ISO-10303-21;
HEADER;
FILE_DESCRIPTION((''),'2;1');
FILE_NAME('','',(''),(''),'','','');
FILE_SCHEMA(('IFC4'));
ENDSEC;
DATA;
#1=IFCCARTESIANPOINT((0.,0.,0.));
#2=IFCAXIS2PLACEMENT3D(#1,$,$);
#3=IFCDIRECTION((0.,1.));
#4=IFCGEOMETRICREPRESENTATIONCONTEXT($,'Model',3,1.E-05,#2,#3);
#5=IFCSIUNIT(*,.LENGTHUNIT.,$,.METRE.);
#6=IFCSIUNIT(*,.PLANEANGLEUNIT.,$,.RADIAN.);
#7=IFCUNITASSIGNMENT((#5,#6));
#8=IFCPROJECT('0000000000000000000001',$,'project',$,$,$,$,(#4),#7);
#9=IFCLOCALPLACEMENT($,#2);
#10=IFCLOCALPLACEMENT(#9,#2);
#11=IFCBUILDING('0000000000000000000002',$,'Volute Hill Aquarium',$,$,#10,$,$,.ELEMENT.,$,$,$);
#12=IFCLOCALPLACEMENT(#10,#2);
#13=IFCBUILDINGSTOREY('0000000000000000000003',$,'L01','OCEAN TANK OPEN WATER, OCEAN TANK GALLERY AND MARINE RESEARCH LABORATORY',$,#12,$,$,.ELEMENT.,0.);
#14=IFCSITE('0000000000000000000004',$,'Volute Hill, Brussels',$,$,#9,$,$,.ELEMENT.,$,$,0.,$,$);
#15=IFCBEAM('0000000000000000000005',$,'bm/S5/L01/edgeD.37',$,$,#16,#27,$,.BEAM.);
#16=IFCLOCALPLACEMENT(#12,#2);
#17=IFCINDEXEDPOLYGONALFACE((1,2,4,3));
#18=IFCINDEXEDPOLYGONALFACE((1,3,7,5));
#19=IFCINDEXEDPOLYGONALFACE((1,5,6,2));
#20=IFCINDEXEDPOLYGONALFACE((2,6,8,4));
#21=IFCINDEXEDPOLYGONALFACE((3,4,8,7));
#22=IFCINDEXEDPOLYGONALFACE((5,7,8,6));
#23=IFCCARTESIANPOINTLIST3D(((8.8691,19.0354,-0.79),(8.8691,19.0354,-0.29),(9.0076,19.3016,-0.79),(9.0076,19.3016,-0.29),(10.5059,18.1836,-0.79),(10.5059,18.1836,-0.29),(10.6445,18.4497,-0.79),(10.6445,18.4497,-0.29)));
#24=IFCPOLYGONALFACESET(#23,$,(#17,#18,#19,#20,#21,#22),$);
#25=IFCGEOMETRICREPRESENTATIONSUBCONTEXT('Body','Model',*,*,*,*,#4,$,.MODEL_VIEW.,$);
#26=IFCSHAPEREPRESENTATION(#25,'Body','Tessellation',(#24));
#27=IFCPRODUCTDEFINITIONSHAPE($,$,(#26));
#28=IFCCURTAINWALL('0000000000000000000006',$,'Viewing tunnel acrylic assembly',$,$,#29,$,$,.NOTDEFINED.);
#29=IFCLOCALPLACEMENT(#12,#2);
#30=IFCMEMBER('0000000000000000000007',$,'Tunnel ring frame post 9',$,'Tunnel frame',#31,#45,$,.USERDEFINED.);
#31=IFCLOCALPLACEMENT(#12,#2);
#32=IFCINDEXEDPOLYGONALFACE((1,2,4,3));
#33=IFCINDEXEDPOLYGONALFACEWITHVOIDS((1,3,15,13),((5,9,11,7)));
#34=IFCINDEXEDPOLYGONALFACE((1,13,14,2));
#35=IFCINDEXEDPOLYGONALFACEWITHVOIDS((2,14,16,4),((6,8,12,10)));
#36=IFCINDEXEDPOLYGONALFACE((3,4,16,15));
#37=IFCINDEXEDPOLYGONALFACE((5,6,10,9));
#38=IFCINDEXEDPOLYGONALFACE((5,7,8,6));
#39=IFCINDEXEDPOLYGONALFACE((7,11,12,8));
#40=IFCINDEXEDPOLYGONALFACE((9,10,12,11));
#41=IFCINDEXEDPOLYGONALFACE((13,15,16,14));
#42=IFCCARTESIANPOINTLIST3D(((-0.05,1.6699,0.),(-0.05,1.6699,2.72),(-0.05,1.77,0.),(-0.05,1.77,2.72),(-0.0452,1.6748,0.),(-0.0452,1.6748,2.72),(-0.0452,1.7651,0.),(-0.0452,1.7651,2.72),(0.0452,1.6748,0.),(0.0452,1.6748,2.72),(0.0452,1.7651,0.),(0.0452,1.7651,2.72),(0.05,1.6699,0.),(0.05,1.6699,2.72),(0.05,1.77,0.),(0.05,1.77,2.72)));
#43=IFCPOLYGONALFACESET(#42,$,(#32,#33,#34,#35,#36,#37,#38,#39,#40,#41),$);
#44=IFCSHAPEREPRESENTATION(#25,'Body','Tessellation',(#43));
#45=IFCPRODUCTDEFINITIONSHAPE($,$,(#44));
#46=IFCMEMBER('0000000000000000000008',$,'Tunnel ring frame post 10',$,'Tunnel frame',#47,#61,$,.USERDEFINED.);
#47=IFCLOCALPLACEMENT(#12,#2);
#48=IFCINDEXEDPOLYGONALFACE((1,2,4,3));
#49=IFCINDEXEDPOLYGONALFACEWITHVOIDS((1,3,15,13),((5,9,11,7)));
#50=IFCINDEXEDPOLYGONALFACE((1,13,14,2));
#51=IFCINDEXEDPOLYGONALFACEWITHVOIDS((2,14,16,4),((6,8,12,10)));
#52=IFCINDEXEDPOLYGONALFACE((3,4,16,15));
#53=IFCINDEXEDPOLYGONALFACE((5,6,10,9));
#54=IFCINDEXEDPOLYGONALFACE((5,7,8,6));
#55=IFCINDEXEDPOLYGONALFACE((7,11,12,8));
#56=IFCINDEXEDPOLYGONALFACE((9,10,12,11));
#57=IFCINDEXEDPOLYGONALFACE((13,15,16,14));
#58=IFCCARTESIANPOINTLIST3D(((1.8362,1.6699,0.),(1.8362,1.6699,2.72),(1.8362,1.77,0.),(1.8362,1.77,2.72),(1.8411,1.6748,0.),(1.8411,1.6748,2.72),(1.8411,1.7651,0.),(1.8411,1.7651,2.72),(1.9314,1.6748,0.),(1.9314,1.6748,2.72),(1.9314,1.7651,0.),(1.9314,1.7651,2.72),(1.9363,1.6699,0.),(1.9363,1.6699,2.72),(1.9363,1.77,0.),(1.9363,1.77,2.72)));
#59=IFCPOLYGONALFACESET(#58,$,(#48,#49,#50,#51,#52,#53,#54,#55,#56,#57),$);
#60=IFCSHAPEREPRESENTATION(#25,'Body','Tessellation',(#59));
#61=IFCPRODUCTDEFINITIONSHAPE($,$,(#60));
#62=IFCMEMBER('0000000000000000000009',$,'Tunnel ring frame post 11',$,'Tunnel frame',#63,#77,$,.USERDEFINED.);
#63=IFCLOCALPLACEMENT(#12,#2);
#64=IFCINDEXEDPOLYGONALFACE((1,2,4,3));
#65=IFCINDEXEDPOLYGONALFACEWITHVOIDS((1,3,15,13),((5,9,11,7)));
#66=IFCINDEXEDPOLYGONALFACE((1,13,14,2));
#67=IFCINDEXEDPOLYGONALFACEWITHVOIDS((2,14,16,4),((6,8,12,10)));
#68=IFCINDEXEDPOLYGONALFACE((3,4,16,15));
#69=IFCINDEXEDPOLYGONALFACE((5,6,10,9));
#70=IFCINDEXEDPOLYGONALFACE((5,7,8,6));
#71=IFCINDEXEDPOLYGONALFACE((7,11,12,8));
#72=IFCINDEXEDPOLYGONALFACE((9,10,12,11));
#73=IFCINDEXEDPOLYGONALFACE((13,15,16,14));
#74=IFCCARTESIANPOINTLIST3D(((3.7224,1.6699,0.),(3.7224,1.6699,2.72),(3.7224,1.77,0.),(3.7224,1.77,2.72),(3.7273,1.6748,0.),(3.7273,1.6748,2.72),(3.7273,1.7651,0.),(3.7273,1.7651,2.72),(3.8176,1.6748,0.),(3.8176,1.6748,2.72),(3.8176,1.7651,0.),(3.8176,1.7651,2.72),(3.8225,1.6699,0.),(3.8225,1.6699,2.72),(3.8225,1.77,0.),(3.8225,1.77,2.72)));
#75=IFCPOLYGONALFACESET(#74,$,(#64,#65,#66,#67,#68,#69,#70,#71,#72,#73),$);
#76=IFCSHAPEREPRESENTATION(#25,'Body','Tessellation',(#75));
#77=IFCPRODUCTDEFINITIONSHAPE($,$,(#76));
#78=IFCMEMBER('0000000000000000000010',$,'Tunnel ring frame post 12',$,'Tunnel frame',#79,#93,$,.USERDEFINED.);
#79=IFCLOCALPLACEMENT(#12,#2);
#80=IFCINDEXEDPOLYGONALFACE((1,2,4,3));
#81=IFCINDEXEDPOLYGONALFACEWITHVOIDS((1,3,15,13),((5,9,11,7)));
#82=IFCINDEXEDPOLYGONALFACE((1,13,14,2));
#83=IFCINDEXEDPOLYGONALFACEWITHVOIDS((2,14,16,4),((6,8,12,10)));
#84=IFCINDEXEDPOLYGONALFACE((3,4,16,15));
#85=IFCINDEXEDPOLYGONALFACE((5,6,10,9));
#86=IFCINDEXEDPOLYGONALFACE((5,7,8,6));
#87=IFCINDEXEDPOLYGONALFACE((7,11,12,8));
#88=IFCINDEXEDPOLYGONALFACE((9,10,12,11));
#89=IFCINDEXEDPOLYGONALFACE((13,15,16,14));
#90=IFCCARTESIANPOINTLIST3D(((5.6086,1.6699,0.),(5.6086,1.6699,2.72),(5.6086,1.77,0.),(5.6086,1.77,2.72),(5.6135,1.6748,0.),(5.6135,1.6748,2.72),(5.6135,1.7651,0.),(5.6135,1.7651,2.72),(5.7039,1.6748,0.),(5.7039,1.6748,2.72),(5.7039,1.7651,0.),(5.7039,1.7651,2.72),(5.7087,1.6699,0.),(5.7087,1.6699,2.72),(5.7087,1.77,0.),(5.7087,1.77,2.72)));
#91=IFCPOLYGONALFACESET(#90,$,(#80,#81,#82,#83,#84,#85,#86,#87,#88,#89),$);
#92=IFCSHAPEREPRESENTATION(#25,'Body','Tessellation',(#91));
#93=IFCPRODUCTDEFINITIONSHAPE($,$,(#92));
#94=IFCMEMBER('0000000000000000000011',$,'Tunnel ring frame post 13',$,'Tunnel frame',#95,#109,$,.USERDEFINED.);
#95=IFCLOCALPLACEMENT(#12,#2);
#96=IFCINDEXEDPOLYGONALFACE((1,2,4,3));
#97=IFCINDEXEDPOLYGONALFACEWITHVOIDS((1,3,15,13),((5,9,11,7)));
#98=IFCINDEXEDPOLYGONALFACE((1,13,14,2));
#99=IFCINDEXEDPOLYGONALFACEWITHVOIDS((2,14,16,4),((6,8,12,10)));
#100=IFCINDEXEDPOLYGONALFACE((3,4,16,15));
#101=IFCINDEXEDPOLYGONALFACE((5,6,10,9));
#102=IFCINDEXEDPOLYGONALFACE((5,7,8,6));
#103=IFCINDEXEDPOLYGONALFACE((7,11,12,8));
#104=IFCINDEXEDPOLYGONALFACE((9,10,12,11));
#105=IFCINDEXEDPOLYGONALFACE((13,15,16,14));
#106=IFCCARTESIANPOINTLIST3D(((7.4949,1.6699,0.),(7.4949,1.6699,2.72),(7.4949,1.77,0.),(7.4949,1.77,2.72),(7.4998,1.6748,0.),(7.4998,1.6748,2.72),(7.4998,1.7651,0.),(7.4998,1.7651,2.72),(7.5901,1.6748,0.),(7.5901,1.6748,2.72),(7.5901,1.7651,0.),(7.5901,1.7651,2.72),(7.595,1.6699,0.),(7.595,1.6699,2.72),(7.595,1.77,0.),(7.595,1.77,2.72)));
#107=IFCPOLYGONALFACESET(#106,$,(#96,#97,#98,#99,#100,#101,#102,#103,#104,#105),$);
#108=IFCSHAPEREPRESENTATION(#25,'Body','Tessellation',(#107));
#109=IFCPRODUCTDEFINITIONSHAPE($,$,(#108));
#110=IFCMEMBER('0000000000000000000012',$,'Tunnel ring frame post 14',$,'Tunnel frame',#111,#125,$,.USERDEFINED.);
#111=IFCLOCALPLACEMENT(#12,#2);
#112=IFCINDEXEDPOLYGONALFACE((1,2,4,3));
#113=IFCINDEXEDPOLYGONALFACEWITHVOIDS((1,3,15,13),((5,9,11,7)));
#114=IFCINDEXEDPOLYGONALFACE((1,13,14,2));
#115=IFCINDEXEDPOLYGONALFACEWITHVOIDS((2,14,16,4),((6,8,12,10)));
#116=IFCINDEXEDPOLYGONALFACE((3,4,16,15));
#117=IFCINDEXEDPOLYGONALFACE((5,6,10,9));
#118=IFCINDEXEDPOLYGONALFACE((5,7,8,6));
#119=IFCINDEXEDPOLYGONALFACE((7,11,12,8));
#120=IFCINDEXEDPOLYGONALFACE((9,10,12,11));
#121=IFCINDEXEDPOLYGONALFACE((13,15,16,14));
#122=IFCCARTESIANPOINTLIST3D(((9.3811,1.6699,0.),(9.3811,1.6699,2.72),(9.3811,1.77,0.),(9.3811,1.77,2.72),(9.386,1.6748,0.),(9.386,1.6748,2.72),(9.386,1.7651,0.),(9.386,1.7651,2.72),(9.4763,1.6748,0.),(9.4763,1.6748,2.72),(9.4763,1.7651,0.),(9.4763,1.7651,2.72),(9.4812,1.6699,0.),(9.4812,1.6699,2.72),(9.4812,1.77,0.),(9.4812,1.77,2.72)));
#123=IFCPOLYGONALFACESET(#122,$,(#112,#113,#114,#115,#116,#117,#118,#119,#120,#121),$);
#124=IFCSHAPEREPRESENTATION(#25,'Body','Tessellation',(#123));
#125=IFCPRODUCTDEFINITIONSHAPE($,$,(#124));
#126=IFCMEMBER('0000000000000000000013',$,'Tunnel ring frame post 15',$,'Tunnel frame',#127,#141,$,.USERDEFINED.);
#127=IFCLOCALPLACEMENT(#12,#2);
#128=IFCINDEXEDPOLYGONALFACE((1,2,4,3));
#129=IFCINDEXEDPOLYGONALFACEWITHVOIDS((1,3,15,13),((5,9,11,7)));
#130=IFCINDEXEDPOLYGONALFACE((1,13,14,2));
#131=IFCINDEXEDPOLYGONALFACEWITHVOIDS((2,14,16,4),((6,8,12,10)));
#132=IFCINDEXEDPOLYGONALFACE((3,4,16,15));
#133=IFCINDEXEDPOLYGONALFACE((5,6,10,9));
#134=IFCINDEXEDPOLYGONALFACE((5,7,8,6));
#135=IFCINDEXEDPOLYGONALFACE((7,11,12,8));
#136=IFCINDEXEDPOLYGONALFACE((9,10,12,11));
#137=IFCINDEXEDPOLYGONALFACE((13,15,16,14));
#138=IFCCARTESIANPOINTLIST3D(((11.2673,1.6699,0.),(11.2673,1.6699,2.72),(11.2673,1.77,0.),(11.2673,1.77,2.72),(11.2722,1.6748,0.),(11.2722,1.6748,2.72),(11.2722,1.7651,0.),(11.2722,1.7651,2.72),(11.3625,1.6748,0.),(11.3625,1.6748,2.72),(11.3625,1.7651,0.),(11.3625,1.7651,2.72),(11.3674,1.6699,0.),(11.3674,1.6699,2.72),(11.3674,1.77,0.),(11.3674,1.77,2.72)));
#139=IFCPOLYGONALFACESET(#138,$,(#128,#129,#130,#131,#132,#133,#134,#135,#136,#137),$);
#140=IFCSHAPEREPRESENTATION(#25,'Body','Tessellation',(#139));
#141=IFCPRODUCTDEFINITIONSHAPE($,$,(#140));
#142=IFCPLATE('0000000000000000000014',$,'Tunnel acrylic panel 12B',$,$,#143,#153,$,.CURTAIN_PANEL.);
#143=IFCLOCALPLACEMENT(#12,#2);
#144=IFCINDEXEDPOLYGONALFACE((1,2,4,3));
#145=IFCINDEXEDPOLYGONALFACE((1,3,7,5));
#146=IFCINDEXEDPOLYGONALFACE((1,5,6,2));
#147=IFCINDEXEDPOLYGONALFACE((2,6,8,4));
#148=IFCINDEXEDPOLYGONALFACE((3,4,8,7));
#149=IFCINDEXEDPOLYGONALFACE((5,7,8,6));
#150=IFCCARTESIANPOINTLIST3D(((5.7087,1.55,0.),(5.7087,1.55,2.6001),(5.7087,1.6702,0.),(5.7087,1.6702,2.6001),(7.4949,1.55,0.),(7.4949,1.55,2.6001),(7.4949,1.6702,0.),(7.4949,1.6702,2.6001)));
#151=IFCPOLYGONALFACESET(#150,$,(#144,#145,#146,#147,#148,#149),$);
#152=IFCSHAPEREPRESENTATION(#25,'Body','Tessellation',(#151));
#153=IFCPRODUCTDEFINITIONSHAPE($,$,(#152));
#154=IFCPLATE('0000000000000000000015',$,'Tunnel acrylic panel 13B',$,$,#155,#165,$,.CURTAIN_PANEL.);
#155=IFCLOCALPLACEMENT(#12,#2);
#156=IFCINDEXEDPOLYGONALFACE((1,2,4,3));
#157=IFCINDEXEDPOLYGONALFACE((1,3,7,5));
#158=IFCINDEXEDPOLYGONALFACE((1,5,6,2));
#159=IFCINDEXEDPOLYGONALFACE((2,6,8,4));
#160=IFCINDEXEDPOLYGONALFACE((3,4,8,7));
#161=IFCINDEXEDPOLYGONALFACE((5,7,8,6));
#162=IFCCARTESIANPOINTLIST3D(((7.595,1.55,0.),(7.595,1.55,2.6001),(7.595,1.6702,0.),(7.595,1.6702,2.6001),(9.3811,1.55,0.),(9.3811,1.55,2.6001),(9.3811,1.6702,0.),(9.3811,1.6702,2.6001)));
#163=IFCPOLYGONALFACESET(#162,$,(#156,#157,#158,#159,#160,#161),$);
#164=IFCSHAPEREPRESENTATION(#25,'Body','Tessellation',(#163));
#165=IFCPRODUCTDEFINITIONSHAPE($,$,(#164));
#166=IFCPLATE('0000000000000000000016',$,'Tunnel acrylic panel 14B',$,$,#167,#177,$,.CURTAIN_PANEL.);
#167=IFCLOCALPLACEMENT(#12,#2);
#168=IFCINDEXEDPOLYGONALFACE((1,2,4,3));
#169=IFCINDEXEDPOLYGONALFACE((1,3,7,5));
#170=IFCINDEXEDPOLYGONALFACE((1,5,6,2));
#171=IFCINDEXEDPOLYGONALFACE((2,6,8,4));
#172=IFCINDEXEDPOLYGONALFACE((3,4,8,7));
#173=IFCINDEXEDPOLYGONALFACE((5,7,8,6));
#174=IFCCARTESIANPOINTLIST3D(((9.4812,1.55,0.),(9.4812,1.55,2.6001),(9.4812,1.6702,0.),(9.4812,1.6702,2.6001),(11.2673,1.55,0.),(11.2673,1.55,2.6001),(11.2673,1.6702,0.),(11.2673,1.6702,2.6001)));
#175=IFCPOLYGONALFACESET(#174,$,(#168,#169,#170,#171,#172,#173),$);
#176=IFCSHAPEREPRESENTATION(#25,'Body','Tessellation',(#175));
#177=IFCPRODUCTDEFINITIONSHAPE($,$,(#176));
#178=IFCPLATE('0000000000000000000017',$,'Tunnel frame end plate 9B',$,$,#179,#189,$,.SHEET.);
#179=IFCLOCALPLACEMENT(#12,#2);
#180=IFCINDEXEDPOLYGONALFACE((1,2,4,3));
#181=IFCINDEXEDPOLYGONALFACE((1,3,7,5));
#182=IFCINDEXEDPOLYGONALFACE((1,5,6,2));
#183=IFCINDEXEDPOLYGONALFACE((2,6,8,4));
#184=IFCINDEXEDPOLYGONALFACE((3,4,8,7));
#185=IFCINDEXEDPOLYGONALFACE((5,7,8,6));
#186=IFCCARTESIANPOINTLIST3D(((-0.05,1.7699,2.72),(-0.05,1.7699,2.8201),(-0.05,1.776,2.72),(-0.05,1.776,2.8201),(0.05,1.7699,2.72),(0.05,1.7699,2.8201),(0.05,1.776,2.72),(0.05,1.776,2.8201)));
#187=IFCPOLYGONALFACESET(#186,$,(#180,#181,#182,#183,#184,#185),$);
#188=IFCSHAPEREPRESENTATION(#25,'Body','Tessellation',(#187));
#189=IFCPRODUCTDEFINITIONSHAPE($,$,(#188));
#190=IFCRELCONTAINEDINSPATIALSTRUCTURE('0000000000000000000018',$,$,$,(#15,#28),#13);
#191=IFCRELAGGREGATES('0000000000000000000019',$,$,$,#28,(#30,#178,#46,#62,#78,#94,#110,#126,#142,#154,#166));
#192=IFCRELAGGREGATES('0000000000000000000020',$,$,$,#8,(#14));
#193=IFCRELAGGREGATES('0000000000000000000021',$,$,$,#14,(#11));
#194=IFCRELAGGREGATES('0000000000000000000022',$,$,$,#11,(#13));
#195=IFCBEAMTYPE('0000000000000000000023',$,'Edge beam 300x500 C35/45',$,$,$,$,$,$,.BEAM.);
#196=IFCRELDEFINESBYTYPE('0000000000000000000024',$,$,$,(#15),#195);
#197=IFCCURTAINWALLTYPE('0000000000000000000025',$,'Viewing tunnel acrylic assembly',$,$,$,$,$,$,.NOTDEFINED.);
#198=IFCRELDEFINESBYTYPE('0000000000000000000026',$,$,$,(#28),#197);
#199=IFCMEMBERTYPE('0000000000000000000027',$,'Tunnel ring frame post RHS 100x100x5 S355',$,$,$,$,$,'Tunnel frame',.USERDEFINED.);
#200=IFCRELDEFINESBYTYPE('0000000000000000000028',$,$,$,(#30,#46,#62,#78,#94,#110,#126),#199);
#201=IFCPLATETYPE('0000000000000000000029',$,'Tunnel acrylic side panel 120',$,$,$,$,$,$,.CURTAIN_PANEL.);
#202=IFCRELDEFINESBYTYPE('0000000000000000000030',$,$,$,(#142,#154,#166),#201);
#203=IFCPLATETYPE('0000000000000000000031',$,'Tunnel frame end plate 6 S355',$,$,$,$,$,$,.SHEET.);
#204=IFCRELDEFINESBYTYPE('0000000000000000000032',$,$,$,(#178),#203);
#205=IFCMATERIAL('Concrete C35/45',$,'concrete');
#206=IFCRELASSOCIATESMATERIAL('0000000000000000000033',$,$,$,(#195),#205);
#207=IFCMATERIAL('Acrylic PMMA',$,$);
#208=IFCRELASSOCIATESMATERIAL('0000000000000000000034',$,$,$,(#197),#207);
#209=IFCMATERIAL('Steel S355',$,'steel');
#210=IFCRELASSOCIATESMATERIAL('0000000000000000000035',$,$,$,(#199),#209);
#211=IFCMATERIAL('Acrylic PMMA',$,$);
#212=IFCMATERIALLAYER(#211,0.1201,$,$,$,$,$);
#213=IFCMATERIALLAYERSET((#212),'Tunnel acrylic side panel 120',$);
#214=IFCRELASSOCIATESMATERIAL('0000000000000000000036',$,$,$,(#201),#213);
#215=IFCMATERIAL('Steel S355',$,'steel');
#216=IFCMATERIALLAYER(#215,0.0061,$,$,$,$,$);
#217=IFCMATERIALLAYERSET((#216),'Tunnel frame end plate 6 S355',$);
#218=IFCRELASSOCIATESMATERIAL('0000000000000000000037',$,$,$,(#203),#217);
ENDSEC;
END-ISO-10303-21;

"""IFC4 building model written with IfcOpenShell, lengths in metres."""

from ifc_helpers import new_model, si_unit, direction, frame, origin, origin_2d, place, context, subcontext, project, spatial, rectangle, hollow_rectangle, extrude, material, layer, layer_set, material_profile, profile_set, type_object, element, aggregate, save


model = new_model("IFC4")

# Units and contexts
model_context = context("Model", 3, precision=1e-05, world=origin(), true_north=direction((0.0, 1.0)))
body_context = subcontext(model_context, "Body", "Model", "MODEL_VIEW")
ifc_project = project(units=[si_unit("LENGTHUNIT", "METRE"), si_unit("PLANEANGLEUNIT", "RADIAN")], contexts=[model_context])

# Site, building, storey
site_placement = place(None, origin())
site = spatial("IfcSite", under=ifc_project, at=site_placement, Name="Volute Hill, Brussels", CompositionType="ELEMENT", RefElevation=0.0)
building_placement = place(site_placement, origin())
building = spatial("IfcBuilding", under=site, at=building_placement, Name="Volute Hill Aquarium", CompositionType="ELEMENT")
storey_placement = place(building_placement, origin())
storey = spatial("IfcBuildingStorey", under=building, at=storey_placement, Name="L01", Description="OCEAN TANK OPEN WATER, OCEAN TANK GALLERY AND MARINE RESEARCH LABORATORY", CompositionType="ELEMENT", Elevation=0.0)

# Beam
ifc_material_1 = material(Name="Concrete C35/45", Category="concrete")
ifc_material_profile_1 = material_profile(ifc_material_1, rectangle(XDim=0.3, YDim=0.5, at=origin_2d()), Name="RC edge beam 300x500")
ifc_profile_set_1 = profile_set([ifc_material_profile_1], Name="Concrete C35/45")
beam_type = type_object("IfcBeamType", Name="Edge beam 300x500 C35/45", PredefinedType="BEAM", material=ifc_profile_set_1)
beam_placement = place(storey_placement, frame((10.5752, 18.3167, -0.54), z_axis=(-0.887059, 0.461657, 0.0), x_axis=(-0.461657, -0.887059, 0.0)))
element("IfcBeam", 1, at=beam_placement, inside=storey, type_object=beam_type, Name="bm/S5/L01/edgeD.37", PredefinedType="BEAM", context=body_context, shape_type="SweptSolid", body=[
    extrude(rectangle(XDim=0.3, YDim=0.5, at=origin_2d()), origin(), (0.0, 0.0, 1.0), 1.8452),
])

# Curtain wall, members, plates
ifc_material_2 = material(Name="Acrylic PMMA")
curtain_wall_type = type_object("IfcCurtainWallType", Name="Viewing tunnel acrylic assembly", PredefinedType="NOTDEFINED", material=ifc_material_2)
curtain_wall_placement = place(storey_placement, origin())
curtain_wall = element("IfcCurtainWall", 2, at=curtain_wall_placement, inside=storey, type_object=curtain_wall_type, Name="Viewing tunnel acrylic assembly", PredefinedType="NOTDEFINED")
ifc_material_3 = material(Name="Steel S355", Category="steel")
ifc_material_profile_2 = material_profile(ifc_material_3, hollow_rectangle(XDim=0.1001, YDim=0.1001, WallThickness=0.0049, at=origin_2d()), Name="RHS 100x100x5")
ifc_profile_set_2 = profile_set([ifc_material_profile_2], Name="Steel S355")
member_type = type_object("IfcMemberType", Name="Tunnel ring frame post RHS 100x100x5 S355", ElementType="Tunnel frame", PredefinedType="USERDEFINED", material=ifc_profile_set_2)
member_1_placement = place(storey_placement, frame((0.0, 1.72, 0.0), z_axis=(0.0, 0.0, 1.0), x_axis=(1.0, 0.0, 0.0)))
member_1 = element("IfcMember", 3, at=member_1_placement, type_object=member_type, Name="Tunnel ring frame post 9", ObjectType="Tunnel frame", PredefinedType="USERDEFINED", context=body_context, shape_type="SweptSolid", body=[
    extrude(hollow_rectangle(XDim=0.1001, YDim=0.1001, WallThickness=0.0049, at=origin_2d()), origin(), (0.0, 0.0, 1.0), 2.72),
])
member_2_placement = place(storey_placement, frame((1.8862, 1.72, 0.0), z_axis=(0.0, 0.0, 1.0), x_axis=(1.0, 0.0, 0.0)))
member_2 = element("IfcMember", 4, at=member_2_placement, type_object=member_type, Name="Tunnel ring frame post 10", ObjectType="Tunnel frame", PredefinedType="USERDEFINED", context=body_context, shape_type="SweptSolid", body=[
    extrude(hollow_rectangle(XDim=0.1001, YDim=0.1001, WallThickness=0.0049, at=origin_2d()), origin(), (0.0, 0.0, 1.0), 2.72),
])
member_3_placement = place(storey_placement, frame((3.7725, 1.72, 0.0), z_axis=(0.0, 0.0, 1.0), x_axis=(1.0, 0.0, 0.0)))
member_3 = element("IfcMember", 5, at=member_3_placement, type_object=member_type, Name="Tunnel ring frame post 11", ObjectType="Tunnel frame", PredefinedType="USERDEFINED", context=body_context, shape_type="SweptSolid", body=[
    extrude(hollow_rectangle(XDim=0.1001, YDim=0.1001, WallThickness=0.0049, at=origin_2d()), origin(), (0.0, 0.0, 1.0), 2.72),
])
member_4_placement = place(storey_placement, frame((5.6587, 1.72, 0.0), z_axis=(0.0, 0.0, 1.0), x_axis=(1.0, 0.0, 0.0)))
member_4 = element("IfcMember", 6, at=member_4_placement, type_object=member_type, Name="Tunnel ring frame post 12", ObjectType="Tunnel frame", PredefinedType="USERDEFINED", context=body_context, shape_type="SweptSolid", body=[
    extrude(hollow_rectangle(XDim=0.1001, YDim=0.1001, WallThickness=0.0049, at=origin_2d()), origin(), (0.0, 0.0, 1.0), 2.72),
])
member_5_placement = place(storey_placement, frame((7.5449, 1.72, 0.0), z_axis=(0.0, 0.0, 1.0), x_axis=(1.0, 0.0, 0.0)))
member_5 = element("IfcMember", 7, at=member_5_placement, type_object=member_type, Name="Tunnel ring frame post 13", ObjectType="Tunnel frame", PredefinedType="USERDEFINED", context=body_context, shape_type="SweptSolid", body=[
    extrude(hollow_rectangle(XDim=0.1001, YDim=0.1001, WallThickness=0.0049, at=origin_2d()), origin(), (0.0, 0.0, 1.0), 2.72),
])
member_6_placement = place(storey_placement, frame((9.4312, 1.72, 0.0), z_axis=(0.0, 0.0, 1.0), x_axis=(1.0, 0.0, 0.0)))
member_6 = element("IfcMember", 8, at=member_6_placement, type_object=member_type, Name="Tunnel ring frame post 14", ObjectType="Tunnel frame", PredefinedType="USERDEFINED", context=body_context, shape_type="SweptSolid", body=[
    extrude(hollow_rectangle(XDim=0.1001, YDim=0.1001, WallThickness=0.0049, at=origin_2d()), origin(), (0.0, 0.0, 1.0), 2.72),
])
member_7_placement = place(storey_placement, frame((11.3174, 1.72, 0.0), z_axis=(0.0, 0.0, 1.0), x_axis=(1.0, 0.0, 0.0)))
member_7 = element("IfcMember", 9, at=member_7_placement, type_object=member_type, Name="Tunnel ring frame post 15", ObjectType="Tunnel frame", PredefinedType="USERDEFINED", context=body_context, shape_type="SweptSolid", body=[
    extrude(hollow_rectangle(XDim=0.1001, YDim=0.1001, WallThickness=0.0049, at=origin_2d()), origin(), (0.0, 0.0, 1.0), 2.72),
])
ifc_material_4 = material(Name="Acrylic PMMA")
ifc_layer_1 = layer(ifc_material_4, 0.1201)
ifc_layer_set_1 = layer_set([ifc_layer_1], Name="Tunnel acrylic side panel 120")
plate_type_1 = type_object("IfcPlateType", Name="Tunnel acrylic side panel 120", PredefinedType="CURTAIN_PANEL", material=ifc_layer_set_1)
plate_1_placement = place(storey_placement, frame((6.6018, 1.6101, 0.0), z_axis=(0.0, 0.0, 1.0), x_axis=(1.0, 0.0, 0.0)))
plate_1 = element("IfcPlate", 10, at=plate_1_placement, type_object=plate_type_1, Name="Tunnel acrylic panel 12B", PredefinedType="CURTAIN_PANEL", context=body_context, shape_type="SweptSolid", body=[
    extrude(rectangle(XDim=1.7861, YDim=0.1201, at=origin_2d()), origin(), (0.0, 0.0, 1.0), 2.6001),
])
plate_2_placement = place(storey_placement, frame((8.488, 1.6101, 0.0), z_axis=(0.0, 0.0, 1.0), x_axis=(1.0, 0.0, 0.0)))
plate_2 = element("IfcPlate", 11, at=plate_2_placement, type_object=plate_type_1, Name="Tunnel acrylic panel 13B", PredefinedType="CURTAIN_PANEL", context=body_context, shape_type="SweptSolid", body=[
    extrude(rectangle(XDim=1.7861, YDim=0.1201, at=origin_2d()), origin(), (0.0, 0.0, 1.0), 2.6001),
])
plate_3_placement = place(storey_placement, frame((10.3743, 1.6101, 0.0), z_axis=(0.0, 0.0, 1.0), x_axis=(1.0, 0.0, 0.0)))
plate_3 = element("IfcPlate", 12, at=plate_3_placement, type_object=plate_type_1, Name="Tunnel acrylic panel 14B", PredefinedType="CURTAIN_PANEL", context=body_context, shape_type="SweptSolid", body=[
    extrude(rectangle(XDim=1.7861, YDim=0.1201, at=origin_2d()), origin(), (0.0, 0.0, 1.0), 2.6001),
])
ifc_material_5 = material(Name="Steel S355", Category="steel")
ifc_layer_2 = layer(ifc_material_5, 0.0061)
ifc_layer_set_2 = layer_set([ifc_layer_2], Name="Tunnel frame end plate 6 S355")
plate_type_2 = type_object("IfcPlateType", Name="Tunnel frame end plate 6 S355", PredefinedType="SHEET", material=ifc_layer_set_2)
plate_4_placement = place(storey_placement, frame((0.0, 1.7729, 2.72), z_axis=(0.0, 0.0, 1.0), x_axis=(1.0, 0.0, 0.0)))
plate_4 = element("IfcPlate", 13, at=plate_4_placement, type_object=plate_type_2, Name="Tunnel frame end plate 9B", PredefinedType="SHEET", context=body_context, shape_type="SweptSolid", body=[
    extrude(rectangle(XDim=0.1001, YDim=0.0061, at=origin_2d()), origin(), (0.0, 0.0, 1.0), 0.1001),
])
aggregate(curtain_wall, [member_1, plate_4, member_2, member_3, member_4, member_5, member_6, member_7, plate_1, plate_2, plate_3])

save(model, "model.ifc")
